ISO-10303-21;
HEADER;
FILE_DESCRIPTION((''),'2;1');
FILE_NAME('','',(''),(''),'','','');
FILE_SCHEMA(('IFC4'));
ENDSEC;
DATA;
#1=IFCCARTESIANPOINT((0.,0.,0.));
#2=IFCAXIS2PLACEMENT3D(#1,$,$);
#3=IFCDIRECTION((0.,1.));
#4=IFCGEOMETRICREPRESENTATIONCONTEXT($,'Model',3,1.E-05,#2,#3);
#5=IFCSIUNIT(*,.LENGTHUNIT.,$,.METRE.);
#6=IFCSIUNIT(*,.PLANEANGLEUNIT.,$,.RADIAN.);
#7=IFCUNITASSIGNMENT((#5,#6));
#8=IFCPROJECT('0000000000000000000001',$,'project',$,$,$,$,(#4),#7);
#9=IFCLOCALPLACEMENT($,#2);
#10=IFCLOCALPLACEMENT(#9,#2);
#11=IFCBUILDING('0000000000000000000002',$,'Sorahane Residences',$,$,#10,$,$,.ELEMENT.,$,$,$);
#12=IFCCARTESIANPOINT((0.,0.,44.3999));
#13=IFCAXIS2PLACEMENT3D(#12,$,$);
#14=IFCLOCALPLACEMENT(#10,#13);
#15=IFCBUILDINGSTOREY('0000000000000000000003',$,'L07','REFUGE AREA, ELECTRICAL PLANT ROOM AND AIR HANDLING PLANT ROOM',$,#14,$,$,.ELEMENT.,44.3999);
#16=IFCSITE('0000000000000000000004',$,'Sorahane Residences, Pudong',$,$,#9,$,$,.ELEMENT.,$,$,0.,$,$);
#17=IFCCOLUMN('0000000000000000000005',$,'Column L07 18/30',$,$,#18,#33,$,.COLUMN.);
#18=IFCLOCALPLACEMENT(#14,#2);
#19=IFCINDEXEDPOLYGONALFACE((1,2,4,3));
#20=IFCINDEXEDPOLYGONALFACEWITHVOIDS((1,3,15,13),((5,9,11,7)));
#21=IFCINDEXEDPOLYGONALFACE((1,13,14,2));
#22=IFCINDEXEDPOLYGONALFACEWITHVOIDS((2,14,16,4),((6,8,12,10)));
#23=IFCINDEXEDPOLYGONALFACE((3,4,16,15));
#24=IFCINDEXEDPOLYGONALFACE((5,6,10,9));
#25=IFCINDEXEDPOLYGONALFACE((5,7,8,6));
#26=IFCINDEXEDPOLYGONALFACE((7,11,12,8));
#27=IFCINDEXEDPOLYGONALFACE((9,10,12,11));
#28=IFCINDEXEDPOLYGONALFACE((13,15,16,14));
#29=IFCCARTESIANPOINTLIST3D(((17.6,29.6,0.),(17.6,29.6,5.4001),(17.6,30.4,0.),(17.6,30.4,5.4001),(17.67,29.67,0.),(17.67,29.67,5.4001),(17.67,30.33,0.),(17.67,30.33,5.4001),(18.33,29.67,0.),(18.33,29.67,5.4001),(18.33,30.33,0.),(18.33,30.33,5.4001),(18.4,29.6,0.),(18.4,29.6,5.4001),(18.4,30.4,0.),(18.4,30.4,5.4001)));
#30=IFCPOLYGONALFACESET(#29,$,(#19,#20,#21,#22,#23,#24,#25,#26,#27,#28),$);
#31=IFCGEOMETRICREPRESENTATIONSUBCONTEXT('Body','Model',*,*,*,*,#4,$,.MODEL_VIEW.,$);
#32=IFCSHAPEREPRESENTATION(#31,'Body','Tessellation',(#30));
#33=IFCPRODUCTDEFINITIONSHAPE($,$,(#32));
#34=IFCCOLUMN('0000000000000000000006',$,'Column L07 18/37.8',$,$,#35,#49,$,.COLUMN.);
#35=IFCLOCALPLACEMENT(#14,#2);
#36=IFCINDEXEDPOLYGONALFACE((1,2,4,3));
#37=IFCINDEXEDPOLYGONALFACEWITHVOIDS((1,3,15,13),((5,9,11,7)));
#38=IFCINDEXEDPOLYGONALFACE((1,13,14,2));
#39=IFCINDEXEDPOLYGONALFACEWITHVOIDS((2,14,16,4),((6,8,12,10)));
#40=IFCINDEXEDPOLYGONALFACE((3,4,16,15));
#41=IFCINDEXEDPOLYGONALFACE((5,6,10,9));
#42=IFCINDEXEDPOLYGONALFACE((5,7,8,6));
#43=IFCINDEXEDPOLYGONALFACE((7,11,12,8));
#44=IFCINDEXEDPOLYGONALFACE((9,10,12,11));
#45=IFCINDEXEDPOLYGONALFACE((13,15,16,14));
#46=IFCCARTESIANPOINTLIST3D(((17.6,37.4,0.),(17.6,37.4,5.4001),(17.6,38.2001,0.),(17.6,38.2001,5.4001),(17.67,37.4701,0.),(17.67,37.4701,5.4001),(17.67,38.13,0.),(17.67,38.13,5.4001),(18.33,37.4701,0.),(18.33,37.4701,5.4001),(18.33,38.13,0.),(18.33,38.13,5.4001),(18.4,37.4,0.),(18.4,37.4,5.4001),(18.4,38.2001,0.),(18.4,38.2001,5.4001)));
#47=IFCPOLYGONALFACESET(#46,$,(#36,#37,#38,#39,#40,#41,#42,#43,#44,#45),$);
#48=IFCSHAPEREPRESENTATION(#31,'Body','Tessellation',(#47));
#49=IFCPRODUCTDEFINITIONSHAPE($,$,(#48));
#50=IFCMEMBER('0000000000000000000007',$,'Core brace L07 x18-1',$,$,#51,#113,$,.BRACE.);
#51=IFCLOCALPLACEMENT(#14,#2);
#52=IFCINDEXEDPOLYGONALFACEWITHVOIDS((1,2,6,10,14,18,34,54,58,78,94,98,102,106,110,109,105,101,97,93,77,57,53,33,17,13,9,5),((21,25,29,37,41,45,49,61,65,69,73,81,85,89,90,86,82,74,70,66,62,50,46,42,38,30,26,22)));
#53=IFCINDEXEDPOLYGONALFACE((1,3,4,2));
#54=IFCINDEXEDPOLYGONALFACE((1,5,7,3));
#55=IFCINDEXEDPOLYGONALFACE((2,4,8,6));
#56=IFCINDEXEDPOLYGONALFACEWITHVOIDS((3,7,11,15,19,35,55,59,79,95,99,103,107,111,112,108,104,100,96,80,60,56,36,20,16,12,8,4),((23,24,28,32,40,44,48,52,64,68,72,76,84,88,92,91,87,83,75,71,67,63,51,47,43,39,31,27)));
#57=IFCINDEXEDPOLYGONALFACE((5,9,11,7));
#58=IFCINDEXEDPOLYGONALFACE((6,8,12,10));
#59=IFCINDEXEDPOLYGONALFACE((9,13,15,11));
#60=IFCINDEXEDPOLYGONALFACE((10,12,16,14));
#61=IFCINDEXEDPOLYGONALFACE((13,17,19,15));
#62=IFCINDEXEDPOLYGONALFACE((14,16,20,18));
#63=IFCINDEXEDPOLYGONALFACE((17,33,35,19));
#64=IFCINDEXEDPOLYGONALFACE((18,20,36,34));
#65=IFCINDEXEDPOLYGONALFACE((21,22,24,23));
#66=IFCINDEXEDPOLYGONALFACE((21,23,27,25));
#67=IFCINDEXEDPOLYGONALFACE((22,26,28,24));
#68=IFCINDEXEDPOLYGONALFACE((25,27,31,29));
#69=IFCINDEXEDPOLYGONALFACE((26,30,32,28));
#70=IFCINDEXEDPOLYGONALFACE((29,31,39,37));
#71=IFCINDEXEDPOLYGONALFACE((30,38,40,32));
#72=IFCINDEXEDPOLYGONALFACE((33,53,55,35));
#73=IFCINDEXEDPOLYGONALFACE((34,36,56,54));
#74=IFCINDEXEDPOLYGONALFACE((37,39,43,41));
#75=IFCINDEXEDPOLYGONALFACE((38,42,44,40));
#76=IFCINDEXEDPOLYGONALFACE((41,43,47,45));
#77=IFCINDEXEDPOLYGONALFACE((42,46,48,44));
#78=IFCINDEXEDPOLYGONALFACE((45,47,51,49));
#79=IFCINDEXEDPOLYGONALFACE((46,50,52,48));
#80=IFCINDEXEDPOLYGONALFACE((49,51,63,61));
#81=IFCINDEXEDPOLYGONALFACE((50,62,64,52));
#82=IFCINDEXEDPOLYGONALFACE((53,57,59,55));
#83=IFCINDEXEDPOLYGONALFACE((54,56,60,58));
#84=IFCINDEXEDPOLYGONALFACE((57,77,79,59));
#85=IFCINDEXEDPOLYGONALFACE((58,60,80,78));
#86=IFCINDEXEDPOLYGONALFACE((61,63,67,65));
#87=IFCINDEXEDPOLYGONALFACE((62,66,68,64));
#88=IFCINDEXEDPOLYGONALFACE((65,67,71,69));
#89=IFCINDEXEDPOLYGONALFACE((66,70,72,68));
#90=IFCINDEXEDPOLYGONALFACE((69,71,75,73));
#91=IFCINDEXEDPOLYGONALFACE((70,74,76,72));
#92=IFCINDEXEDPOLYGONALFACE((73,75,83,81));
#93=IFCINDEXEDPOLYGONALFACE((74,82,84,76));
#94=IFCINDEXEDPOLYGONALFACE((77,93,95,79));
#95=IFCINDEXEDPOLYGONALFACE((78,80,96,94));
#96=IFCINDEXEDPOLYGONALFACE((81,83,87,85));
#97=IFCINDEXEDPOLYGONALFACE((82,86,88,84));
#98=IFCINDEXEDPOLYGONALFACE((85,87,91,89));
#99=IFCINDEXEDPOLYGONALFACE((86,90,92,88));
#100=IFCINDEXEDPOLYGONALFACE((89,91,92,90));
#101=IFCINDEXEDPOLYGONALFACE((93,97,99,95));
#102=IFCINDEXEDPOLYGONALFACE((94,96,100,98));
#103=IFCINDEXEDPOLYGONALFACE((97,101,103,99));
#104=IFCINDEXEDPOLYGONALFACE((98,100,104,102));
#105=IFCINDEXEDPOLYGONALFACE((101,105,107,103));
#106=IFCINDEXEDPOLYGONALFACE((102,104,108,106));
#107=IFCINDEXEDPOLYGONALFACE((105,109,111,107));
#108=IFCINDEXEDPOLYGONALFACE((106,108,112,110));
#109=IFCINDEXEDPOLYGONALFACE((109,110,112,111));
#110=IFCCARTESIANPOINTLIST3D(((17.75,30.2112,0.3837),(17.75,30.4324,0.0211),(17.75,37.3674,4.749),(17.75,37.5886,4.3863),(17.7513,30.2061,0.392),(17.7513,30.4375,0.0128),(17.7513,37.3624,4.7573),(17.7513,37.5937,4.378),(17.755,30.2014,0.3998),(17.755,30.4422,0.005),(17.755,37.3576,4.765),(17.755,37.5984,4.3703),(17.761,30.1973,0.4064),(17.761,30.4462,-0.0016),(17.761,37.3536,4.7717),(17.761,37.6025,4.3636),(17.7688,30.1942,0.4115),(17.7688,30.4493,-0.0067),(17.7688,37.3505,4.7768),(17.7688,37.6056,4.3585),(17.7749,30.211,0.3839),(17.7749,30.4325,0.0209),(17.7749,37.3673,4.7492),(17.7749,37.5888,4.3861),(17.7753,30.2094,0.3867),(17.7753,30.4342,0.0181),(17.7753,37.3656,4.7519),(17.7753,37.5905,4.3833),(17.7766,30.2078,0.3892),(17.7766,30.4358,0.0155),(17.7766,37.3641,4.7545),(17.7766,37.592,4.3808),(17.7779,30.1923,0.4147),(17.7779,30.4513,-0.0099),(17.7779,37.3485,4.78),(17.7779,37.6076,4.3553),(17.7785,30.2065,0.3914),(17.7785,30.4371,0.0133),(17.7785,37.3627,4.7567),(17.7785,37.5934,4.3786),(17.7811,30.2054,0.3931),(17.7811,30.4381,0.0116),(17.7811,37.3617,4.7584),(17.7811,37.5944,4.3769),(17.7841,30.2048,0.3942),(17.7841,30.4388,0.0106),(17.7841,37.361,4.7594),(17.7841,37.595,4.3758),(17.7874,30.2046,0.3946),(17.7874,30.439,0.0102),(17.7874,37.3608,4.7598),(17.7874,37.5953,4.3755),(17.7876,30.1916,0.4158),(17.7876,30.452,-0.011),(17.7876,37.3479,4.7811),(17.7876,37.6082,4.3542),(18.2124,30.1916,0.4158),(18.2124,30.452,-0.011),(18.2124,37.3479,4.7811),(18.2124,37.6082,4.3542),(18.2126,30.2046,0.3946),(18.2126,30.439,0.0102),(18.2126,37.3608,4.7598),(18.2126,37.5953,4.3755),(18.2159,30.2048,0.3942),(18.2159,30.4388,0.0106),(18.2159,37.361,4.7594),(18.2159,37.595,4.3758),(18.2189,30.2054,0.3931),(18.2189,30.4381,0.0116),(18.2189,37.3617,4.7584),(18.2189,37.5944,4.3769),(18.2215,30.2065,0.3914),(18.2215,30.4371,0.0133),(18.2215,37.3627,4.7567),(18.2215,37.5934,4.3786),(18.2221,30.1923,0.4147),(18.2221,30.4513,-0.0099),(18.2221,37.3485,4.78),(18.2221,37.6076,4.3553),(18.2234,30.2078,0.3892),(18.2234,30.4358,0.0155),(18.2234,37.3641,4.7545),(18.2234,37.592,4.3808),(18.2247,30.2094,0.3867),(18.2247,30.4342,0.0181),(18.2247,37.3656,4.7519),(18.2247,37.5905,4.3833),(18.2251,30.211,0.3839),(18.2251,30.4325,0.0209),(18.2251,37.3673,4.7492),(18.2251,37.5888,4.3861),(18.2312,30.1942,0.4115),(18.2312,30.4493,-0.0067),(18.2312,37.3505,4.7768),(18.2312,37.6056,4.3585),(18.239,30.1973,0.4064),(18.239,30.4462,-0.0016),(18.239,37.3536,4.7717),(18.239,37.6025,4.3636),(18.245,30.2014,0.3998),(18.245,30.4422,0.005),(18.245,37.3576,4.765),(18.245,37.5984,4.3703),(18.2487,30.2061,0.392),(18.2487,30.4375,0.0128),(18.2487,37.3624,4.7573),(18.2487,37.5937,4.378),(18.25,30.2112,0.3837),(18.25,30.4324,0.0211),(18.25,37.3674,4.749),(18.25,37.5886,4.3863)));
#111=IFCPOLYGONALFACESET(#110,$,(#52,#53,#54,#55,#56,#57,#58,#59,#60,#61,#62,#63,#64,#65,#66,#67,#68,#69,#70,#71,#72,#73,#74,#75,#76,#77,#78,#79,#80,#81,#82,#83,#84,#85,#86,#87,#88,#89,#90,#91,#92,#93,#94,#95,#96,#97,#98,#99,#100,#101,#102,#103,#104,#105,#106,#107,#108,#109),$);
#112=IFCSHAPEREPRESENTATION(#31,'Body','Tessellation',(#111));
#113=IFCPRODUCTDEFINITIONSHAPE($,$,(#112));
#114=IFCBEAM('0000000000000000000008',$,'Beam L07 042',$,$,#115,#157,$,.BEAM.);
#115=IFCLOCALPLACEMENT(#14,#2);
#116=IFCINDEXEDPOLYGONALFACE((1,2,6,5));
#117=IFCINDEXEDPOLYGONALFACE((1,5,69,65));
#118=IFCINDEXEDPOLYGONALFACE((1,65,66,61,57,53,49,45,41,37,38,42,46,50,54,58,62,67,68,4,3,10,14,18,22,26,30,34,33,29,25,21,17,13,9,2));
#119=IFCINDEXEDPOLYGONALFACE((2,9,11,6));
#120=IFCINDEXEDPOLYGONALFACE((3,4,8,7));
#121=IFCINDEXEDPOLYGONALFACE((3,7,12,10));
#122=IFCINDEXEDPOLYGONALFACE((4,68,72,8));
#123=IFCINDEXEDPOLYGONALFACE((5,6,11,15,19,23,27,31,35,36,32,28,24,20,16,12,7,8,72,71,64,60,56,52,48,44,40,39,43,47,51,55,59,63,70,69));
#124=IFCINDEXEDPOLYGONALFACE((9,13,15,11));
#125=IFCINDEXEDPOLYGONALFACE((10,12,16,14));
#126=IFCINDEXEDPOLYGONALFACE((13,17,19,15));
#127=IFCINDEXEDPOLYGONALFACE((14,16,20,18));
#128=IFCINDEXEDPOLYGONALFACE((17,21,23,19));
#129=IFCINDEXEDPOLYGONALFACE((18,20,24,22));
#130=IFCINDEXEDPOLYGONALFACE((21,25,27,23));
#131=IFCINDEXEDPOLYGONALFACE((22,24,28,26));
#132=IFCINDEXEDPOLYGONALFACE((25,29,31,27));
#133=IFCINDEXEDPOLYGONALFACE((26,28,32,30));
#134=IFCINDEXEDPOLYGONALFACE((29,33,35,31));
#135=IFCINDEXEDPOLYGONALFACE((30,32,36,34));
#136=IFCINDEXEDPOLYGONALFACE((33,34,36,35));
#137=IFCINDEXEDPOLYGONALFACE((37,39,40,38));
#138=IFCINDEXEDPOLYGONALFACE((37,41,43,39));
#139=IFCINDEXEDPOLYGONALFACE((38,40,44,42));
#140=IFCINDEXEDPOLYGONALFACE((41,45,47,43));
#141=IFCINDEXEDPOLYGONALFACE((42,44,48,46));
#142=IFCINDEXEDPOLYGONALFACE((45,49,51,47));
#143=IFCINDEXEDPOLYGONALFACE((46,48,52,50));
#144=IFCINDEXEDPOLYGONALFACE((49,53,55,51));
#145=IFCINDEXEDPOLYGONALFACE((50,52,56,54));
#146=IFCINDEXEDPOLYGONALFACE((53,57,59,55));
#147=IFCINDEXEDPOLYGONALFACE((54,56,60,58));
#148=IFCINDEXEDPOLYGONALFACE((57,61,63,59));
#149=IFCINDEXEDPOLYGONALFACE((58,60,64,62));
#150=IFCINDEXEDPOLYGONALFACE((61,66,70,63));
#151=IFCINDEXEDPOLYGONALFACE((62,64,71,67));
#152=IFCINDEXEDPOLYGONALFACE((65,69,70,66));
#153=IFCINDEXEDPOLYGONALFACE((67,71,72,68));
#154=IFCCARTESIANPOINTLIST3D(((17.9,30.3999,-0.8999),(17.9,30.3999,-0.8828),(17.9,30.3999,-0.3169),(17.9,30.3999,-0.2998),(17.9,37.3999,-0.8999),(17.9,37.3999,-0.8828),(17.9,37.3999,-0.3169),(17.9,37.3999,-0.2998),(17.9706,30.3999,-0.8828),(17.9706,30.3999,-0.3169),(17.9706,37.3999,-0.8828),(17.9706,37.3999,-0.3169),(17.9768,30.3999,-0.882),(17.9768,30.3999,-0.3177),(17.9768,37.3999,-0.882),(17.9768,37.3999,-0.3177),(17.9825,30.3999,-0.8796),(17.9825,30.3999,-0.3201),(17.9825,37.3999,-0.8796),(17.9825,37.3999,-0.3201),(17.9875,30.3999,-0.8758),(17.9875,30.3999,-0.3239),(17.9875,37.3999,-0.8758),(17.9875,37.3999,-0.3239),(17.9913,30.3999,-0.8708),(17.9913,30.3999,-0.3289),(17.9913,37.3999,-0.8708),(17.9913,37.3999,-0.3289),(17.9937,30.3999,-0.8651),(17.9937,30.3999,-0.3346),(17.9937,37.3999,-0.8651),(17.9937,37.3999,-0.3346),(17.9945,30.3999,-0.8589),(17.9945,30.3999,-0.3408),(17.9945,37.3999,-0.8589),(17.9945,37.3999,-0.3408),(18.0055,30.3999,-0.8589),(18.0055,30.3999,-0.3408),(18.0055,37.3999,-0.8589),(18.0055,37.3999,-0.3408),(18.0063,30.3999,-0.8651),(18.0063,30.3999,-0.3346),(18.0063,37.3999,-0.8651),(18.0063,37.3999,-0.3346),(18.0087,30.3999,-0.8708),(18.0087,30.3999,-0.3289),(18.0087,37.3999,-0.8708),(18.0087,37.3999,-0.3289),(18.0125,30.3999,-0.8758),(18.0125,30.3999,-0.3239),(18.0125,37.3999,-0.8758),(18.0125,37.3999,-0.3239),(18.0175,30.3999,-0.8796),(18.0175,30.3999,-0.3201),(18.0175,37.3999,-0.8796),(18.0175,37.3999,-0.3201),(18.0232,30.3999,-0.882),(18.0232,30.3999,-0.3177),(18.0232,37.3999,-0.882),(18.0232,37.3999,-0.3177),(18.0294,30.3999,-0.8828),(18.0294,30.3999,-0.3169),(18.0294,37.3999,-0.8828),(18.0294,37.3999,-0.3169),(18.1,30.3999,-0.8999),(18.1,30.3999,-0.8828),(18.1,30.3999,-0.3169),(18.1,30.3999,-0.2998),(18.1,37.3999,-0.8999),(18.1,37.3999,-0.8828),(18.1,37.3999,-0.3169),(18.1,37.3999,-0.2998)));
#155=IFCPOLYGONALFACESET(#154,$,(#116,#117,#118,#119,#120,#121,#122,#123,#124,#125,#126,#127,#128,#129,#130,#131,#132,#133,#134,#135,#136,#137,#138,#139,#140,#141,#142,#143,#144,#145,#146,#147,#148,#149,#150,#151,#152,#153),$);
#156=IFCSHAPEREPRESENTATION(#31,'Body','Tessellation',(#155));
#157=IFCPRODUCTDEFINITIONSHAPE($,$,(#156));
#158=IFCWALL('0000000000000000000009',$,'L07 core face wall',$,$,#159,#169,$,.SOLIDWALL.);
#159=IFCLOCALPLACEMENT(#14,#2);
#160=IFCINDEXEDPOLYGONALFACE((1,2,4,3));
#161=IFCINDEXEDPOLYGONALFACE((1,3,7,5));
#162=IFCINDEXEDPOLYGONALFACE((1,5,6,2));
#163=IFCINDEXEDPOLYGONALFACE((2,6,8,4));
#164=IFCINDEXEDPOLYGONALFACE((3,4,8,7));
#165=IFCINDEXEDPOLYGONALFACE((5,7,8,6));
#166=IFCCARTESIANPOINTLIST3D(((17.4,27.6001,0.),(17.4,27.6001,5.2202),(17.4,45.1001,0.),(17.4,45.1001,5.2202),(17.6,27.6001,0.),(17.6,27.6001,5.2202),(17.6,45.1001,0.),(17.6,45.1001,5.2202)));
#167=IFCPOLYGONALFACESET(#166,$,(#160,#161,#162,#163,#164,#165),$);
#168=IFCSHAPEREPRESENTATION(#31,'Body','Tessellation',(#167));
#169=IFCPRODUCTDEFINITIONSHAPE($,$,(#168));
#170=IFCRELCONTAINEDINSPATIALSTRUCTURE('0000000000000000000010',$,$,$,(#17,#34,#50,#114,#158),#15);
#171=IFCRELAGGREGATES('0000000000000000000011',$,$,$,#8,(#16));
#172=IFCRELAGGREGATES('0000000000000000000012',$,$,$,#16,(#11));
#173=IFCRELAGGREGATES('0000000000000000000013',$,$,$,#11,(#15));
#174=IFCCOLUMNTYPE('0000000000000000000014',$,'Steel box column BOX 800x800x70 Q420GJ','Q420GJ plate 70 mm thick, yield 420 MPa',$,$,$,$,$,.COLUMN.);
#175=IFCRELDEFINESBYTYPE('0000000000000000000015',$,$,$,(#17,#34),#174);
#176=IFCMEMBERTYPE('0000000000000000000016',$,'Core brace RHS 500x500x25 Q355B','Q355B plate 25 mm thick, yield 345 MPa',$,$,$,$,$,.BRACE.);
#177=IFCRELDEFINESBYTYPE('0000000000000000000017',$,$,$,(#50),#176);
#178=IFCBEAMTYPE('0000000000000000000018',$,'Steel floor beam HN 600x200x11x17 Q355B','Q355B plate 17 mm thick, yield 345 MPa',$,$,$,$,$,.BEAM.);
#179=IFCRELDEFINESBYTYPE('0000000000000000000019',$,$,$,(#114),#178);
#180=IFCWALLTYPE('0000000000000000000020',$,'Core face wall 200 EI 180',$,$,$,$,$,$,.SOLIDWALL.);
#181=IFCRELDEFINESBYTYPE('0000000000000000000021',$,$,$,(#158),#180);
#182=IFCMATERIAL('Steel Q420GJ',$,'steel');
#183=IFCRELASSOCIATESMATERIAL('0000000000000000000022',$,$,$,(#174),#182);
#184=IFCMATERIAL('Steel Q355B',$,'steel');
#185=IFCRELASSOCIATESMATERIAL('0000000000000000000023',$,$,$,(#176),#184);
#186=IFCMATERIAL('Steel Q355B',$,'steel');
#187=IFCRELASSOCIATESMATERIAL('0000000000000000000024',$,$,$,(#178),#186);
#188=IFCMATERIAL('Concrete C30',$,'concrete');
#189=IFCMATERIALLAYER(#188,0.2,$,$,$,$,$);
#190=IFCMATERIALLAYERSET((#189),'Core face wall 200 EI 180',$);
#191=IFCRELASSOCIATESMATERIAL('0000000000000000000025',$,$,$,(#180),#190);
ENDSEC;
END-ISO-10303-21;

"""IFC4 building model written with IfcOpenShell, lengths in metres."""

from ifc_helpers import new_model, si_unit, direction, frame, frame_2d, origin, origin_2d, place, context, subcontext, project, spatial, rectangle, hollow_rectangle, i_section, extrude, material, layer, layer_set, material_profile, profile_set, type_object, element, save


model = new_model("IFC4")

# Units and contexts
model_context = context("Model", 3, precision=1e-05, world=origin(), true_north=direction((0.0, 1.0)))
body_context = subcontext(model_context, "Body", "Model", "MODEL_VIEW")
ifc_project = project(units=[si_unit("LENGTHUNIT", "METRE"), si_unit("PLANEANGLEUNIT", "RADIAN")], contexts=[model_context])

# Site, building, storey
site_placement = place(None, origin())
site = spatial("IfcSite", under=ifc_project, at=site_placement, Name="Sorahane Residences, Pudong", CompositionType="ELEMENT", RefElevation=0.0)
building_placement = place(site_placement, origin())
building = spatial("IfcBuilding", under=site, at=building_placement, Name="Sorahane Residences", CompositionType="ELEMENT")
storey_placement = place(building_placement, frame((0.0, 0.0, 44.3999)))
storey = spatial("IfcBuildingStorey", under=building, at=storey_placement, Name="L07", Description="REFUGE AREA, ELECTRICAL PLANT ROOM AND AIR HANDLING PLANT ROOM", CompositionType="ELEMENT", Elevation=44.3999)

# Columns
ifc_material_1 = material(Name="Steel Q420GJ", Category="steel")
ifc_material_profile_1 = material_profile(ifc_material_1, hollow_rectangle(XDim=0.8, YDim=0.8, WallThickness=0.0701, at=origin_2d()), Name="BOX 800x800x70")
ifc_profile_set_1 = profile_set([ifc_material_profile_1], Name="Steel Q420GJ")
column_type = type_object("IfcColumnType", Name="Steel box column BOX 800x800x70 Q420GJ", Description="Q420GJ plate 70 mm thick, yield 420 MPa", PredefinedType="COLUMN", material=ifc_profile_set_1)
for number, where, z_axis, x_axis, name in (
    (1, (18.0, 30.0, 0.0), (0.0, 0.0, 1.0), (1.0, 0.0, 0.0), "Column L07 18/30"),
    (2, (18.0, 37.8, 0.0), (0.0, 0.0, 1.0), (1.0, 0.0, 0.0), "Column L07 18/37.8"),
):
    element("IfcColumn", number, at=place(storey_placement, frame(where, z_axis=z_axis, x_axis=x_axis)), inside=storey, type_object=column_type, Name=name, PredefinedType="COLUMN", context=body_context, shape_type="SweptSolid", body=[
        extrude(hollow_rectangle(XDim=0.8, YDim=0.8, WallThickness=0.0701, at=origin_2d()), origin(), (0.0, 0.0, 1.0), 5.4001),
    ])

# Member
ifc_material_2 = material(Name="Steel Q355B", Category="steel")
ifc_material_profile_2 = material_profile(ifc_material_2, hollow_rectangle(XDim=0.5, YDim=0.5, WallThickness=0.0249, InnerFilletRadius=0.0125, OuterFilletRadius=0.0376, at=origin_2d()), Name="RHS 500x500x25")
ifc_profile_set_2 = profile_set([ifc_material_profile_2], Name="Steel Q355B")
member_type = type_object("IfcMemberType", Name="Core brace RHS 500x500x25 Q355B", Description="Q355B plate 25 mm thick, yield 345 MPa", PredefinedType="BRACE", material=ifc_profile_set_2)
member_placement = place(storey_placement, frame((18.0, 30.3218, 0.2024), z_axis=(0.0, 0.853708, 0.520752), x_axis=(-1.0, 0.0, 0.0)))
element("IfcMember", 3, at=member_placement, inside=storey, type_object=member_type, Name="Core brace L07 x18-1", PredefinedType="BRACE", context=body_context, shape_type="SweptSolid", body=[
    extrude(hollow_rectangle(XDim=0.5, YDim=0.5, WallThickness=0.0249, InnerFilletRadius=0.0125, OuterFilletRadius=0.0376, at=origin_2d()), origin(), (0.0, 0.0, 1.0), 8.3826),
])

# Beam
ifc_material_3 = material(Name="Steel Q355B", Category="steel")
ifc_material_profile_3 = material_profile(ifc_material_3, i_section(OverallWidth=0.2, OverallDepth=0.6001, WebThickness=0.011, FlangeThickness=0.0171, FilletRadius=0.0239, at=origin_2d()), Name="HN 600x200x11x17")
ifc_profile_set_3 = profile_set([ifc_material_profile_3], Name="Steel Q355B")
beam_type = type_object("IfcBeamType", Name="Steel floor beam HN 600x200x11x17 Q355B", Description="Q355B plate 17 mm thick, yield 345 MPa", PredefinedType="BEAM", material=ifc_profile_set_3)
beam_placement = place(storey_placement, frame((18.0, 30.3999, -0.5999), z_axis=(0.0, 1.0, 0.0), x_axis=(-1.0, 0.0, 0.0)))
element("IfcBeam", 4, at=beam_placement, inside=storey, type_object=beam_type, Name="Beam L07 042", PredefinedType="BEAM", context=body_context, shape_type="SweptSolid", body=[
    extrude(i_section(OverallWidth=0.2, OverallDepth=0.6001, WebThickness=0.011, FlangeThickness=0.0171, FilletRadius=0.0239, at=origin_2d()), origin(), (0.0, 0.0, 1.0), 7.0),
])

# Wall
ifc_material_4 = material(Name="Concrete C30", Category="concrete")
ifc_layer_1 = layer(ifc_material_4, 0.2)
ifc_layer_set_1 = layer_set([ifc_layer_1], Name="Core face wall 200 EI 180")
wall_type_1 = type_object("IfcWallType", Name="Core face wall 200 EI 180", PredefinedType="SOLIDWALL", material=ifc_layer_set_1)
wall_1_placement = place(storey_placement, frame((17.5, 27.6001, 0.0), z_axis=(0.0, 0.0, 1.0), x_axis=(0.0, 1.0, 0.0)))
element("IfcWall", 5, at=wall_1_placement, inside=storey, type_object=wall_type_1, Name="L07 core face wall", PredefinedType="SOLIDWALL", context=body_context, shape_type="SweptSolid", body=[
    extrude(rectangle(XDim=17.5, YDim=0.2, at=frame_2d((8.75, 0.0))), origin(), (0.0, 0.0, 1.0), 5.2202),
])

save(model, "model.ifc")
